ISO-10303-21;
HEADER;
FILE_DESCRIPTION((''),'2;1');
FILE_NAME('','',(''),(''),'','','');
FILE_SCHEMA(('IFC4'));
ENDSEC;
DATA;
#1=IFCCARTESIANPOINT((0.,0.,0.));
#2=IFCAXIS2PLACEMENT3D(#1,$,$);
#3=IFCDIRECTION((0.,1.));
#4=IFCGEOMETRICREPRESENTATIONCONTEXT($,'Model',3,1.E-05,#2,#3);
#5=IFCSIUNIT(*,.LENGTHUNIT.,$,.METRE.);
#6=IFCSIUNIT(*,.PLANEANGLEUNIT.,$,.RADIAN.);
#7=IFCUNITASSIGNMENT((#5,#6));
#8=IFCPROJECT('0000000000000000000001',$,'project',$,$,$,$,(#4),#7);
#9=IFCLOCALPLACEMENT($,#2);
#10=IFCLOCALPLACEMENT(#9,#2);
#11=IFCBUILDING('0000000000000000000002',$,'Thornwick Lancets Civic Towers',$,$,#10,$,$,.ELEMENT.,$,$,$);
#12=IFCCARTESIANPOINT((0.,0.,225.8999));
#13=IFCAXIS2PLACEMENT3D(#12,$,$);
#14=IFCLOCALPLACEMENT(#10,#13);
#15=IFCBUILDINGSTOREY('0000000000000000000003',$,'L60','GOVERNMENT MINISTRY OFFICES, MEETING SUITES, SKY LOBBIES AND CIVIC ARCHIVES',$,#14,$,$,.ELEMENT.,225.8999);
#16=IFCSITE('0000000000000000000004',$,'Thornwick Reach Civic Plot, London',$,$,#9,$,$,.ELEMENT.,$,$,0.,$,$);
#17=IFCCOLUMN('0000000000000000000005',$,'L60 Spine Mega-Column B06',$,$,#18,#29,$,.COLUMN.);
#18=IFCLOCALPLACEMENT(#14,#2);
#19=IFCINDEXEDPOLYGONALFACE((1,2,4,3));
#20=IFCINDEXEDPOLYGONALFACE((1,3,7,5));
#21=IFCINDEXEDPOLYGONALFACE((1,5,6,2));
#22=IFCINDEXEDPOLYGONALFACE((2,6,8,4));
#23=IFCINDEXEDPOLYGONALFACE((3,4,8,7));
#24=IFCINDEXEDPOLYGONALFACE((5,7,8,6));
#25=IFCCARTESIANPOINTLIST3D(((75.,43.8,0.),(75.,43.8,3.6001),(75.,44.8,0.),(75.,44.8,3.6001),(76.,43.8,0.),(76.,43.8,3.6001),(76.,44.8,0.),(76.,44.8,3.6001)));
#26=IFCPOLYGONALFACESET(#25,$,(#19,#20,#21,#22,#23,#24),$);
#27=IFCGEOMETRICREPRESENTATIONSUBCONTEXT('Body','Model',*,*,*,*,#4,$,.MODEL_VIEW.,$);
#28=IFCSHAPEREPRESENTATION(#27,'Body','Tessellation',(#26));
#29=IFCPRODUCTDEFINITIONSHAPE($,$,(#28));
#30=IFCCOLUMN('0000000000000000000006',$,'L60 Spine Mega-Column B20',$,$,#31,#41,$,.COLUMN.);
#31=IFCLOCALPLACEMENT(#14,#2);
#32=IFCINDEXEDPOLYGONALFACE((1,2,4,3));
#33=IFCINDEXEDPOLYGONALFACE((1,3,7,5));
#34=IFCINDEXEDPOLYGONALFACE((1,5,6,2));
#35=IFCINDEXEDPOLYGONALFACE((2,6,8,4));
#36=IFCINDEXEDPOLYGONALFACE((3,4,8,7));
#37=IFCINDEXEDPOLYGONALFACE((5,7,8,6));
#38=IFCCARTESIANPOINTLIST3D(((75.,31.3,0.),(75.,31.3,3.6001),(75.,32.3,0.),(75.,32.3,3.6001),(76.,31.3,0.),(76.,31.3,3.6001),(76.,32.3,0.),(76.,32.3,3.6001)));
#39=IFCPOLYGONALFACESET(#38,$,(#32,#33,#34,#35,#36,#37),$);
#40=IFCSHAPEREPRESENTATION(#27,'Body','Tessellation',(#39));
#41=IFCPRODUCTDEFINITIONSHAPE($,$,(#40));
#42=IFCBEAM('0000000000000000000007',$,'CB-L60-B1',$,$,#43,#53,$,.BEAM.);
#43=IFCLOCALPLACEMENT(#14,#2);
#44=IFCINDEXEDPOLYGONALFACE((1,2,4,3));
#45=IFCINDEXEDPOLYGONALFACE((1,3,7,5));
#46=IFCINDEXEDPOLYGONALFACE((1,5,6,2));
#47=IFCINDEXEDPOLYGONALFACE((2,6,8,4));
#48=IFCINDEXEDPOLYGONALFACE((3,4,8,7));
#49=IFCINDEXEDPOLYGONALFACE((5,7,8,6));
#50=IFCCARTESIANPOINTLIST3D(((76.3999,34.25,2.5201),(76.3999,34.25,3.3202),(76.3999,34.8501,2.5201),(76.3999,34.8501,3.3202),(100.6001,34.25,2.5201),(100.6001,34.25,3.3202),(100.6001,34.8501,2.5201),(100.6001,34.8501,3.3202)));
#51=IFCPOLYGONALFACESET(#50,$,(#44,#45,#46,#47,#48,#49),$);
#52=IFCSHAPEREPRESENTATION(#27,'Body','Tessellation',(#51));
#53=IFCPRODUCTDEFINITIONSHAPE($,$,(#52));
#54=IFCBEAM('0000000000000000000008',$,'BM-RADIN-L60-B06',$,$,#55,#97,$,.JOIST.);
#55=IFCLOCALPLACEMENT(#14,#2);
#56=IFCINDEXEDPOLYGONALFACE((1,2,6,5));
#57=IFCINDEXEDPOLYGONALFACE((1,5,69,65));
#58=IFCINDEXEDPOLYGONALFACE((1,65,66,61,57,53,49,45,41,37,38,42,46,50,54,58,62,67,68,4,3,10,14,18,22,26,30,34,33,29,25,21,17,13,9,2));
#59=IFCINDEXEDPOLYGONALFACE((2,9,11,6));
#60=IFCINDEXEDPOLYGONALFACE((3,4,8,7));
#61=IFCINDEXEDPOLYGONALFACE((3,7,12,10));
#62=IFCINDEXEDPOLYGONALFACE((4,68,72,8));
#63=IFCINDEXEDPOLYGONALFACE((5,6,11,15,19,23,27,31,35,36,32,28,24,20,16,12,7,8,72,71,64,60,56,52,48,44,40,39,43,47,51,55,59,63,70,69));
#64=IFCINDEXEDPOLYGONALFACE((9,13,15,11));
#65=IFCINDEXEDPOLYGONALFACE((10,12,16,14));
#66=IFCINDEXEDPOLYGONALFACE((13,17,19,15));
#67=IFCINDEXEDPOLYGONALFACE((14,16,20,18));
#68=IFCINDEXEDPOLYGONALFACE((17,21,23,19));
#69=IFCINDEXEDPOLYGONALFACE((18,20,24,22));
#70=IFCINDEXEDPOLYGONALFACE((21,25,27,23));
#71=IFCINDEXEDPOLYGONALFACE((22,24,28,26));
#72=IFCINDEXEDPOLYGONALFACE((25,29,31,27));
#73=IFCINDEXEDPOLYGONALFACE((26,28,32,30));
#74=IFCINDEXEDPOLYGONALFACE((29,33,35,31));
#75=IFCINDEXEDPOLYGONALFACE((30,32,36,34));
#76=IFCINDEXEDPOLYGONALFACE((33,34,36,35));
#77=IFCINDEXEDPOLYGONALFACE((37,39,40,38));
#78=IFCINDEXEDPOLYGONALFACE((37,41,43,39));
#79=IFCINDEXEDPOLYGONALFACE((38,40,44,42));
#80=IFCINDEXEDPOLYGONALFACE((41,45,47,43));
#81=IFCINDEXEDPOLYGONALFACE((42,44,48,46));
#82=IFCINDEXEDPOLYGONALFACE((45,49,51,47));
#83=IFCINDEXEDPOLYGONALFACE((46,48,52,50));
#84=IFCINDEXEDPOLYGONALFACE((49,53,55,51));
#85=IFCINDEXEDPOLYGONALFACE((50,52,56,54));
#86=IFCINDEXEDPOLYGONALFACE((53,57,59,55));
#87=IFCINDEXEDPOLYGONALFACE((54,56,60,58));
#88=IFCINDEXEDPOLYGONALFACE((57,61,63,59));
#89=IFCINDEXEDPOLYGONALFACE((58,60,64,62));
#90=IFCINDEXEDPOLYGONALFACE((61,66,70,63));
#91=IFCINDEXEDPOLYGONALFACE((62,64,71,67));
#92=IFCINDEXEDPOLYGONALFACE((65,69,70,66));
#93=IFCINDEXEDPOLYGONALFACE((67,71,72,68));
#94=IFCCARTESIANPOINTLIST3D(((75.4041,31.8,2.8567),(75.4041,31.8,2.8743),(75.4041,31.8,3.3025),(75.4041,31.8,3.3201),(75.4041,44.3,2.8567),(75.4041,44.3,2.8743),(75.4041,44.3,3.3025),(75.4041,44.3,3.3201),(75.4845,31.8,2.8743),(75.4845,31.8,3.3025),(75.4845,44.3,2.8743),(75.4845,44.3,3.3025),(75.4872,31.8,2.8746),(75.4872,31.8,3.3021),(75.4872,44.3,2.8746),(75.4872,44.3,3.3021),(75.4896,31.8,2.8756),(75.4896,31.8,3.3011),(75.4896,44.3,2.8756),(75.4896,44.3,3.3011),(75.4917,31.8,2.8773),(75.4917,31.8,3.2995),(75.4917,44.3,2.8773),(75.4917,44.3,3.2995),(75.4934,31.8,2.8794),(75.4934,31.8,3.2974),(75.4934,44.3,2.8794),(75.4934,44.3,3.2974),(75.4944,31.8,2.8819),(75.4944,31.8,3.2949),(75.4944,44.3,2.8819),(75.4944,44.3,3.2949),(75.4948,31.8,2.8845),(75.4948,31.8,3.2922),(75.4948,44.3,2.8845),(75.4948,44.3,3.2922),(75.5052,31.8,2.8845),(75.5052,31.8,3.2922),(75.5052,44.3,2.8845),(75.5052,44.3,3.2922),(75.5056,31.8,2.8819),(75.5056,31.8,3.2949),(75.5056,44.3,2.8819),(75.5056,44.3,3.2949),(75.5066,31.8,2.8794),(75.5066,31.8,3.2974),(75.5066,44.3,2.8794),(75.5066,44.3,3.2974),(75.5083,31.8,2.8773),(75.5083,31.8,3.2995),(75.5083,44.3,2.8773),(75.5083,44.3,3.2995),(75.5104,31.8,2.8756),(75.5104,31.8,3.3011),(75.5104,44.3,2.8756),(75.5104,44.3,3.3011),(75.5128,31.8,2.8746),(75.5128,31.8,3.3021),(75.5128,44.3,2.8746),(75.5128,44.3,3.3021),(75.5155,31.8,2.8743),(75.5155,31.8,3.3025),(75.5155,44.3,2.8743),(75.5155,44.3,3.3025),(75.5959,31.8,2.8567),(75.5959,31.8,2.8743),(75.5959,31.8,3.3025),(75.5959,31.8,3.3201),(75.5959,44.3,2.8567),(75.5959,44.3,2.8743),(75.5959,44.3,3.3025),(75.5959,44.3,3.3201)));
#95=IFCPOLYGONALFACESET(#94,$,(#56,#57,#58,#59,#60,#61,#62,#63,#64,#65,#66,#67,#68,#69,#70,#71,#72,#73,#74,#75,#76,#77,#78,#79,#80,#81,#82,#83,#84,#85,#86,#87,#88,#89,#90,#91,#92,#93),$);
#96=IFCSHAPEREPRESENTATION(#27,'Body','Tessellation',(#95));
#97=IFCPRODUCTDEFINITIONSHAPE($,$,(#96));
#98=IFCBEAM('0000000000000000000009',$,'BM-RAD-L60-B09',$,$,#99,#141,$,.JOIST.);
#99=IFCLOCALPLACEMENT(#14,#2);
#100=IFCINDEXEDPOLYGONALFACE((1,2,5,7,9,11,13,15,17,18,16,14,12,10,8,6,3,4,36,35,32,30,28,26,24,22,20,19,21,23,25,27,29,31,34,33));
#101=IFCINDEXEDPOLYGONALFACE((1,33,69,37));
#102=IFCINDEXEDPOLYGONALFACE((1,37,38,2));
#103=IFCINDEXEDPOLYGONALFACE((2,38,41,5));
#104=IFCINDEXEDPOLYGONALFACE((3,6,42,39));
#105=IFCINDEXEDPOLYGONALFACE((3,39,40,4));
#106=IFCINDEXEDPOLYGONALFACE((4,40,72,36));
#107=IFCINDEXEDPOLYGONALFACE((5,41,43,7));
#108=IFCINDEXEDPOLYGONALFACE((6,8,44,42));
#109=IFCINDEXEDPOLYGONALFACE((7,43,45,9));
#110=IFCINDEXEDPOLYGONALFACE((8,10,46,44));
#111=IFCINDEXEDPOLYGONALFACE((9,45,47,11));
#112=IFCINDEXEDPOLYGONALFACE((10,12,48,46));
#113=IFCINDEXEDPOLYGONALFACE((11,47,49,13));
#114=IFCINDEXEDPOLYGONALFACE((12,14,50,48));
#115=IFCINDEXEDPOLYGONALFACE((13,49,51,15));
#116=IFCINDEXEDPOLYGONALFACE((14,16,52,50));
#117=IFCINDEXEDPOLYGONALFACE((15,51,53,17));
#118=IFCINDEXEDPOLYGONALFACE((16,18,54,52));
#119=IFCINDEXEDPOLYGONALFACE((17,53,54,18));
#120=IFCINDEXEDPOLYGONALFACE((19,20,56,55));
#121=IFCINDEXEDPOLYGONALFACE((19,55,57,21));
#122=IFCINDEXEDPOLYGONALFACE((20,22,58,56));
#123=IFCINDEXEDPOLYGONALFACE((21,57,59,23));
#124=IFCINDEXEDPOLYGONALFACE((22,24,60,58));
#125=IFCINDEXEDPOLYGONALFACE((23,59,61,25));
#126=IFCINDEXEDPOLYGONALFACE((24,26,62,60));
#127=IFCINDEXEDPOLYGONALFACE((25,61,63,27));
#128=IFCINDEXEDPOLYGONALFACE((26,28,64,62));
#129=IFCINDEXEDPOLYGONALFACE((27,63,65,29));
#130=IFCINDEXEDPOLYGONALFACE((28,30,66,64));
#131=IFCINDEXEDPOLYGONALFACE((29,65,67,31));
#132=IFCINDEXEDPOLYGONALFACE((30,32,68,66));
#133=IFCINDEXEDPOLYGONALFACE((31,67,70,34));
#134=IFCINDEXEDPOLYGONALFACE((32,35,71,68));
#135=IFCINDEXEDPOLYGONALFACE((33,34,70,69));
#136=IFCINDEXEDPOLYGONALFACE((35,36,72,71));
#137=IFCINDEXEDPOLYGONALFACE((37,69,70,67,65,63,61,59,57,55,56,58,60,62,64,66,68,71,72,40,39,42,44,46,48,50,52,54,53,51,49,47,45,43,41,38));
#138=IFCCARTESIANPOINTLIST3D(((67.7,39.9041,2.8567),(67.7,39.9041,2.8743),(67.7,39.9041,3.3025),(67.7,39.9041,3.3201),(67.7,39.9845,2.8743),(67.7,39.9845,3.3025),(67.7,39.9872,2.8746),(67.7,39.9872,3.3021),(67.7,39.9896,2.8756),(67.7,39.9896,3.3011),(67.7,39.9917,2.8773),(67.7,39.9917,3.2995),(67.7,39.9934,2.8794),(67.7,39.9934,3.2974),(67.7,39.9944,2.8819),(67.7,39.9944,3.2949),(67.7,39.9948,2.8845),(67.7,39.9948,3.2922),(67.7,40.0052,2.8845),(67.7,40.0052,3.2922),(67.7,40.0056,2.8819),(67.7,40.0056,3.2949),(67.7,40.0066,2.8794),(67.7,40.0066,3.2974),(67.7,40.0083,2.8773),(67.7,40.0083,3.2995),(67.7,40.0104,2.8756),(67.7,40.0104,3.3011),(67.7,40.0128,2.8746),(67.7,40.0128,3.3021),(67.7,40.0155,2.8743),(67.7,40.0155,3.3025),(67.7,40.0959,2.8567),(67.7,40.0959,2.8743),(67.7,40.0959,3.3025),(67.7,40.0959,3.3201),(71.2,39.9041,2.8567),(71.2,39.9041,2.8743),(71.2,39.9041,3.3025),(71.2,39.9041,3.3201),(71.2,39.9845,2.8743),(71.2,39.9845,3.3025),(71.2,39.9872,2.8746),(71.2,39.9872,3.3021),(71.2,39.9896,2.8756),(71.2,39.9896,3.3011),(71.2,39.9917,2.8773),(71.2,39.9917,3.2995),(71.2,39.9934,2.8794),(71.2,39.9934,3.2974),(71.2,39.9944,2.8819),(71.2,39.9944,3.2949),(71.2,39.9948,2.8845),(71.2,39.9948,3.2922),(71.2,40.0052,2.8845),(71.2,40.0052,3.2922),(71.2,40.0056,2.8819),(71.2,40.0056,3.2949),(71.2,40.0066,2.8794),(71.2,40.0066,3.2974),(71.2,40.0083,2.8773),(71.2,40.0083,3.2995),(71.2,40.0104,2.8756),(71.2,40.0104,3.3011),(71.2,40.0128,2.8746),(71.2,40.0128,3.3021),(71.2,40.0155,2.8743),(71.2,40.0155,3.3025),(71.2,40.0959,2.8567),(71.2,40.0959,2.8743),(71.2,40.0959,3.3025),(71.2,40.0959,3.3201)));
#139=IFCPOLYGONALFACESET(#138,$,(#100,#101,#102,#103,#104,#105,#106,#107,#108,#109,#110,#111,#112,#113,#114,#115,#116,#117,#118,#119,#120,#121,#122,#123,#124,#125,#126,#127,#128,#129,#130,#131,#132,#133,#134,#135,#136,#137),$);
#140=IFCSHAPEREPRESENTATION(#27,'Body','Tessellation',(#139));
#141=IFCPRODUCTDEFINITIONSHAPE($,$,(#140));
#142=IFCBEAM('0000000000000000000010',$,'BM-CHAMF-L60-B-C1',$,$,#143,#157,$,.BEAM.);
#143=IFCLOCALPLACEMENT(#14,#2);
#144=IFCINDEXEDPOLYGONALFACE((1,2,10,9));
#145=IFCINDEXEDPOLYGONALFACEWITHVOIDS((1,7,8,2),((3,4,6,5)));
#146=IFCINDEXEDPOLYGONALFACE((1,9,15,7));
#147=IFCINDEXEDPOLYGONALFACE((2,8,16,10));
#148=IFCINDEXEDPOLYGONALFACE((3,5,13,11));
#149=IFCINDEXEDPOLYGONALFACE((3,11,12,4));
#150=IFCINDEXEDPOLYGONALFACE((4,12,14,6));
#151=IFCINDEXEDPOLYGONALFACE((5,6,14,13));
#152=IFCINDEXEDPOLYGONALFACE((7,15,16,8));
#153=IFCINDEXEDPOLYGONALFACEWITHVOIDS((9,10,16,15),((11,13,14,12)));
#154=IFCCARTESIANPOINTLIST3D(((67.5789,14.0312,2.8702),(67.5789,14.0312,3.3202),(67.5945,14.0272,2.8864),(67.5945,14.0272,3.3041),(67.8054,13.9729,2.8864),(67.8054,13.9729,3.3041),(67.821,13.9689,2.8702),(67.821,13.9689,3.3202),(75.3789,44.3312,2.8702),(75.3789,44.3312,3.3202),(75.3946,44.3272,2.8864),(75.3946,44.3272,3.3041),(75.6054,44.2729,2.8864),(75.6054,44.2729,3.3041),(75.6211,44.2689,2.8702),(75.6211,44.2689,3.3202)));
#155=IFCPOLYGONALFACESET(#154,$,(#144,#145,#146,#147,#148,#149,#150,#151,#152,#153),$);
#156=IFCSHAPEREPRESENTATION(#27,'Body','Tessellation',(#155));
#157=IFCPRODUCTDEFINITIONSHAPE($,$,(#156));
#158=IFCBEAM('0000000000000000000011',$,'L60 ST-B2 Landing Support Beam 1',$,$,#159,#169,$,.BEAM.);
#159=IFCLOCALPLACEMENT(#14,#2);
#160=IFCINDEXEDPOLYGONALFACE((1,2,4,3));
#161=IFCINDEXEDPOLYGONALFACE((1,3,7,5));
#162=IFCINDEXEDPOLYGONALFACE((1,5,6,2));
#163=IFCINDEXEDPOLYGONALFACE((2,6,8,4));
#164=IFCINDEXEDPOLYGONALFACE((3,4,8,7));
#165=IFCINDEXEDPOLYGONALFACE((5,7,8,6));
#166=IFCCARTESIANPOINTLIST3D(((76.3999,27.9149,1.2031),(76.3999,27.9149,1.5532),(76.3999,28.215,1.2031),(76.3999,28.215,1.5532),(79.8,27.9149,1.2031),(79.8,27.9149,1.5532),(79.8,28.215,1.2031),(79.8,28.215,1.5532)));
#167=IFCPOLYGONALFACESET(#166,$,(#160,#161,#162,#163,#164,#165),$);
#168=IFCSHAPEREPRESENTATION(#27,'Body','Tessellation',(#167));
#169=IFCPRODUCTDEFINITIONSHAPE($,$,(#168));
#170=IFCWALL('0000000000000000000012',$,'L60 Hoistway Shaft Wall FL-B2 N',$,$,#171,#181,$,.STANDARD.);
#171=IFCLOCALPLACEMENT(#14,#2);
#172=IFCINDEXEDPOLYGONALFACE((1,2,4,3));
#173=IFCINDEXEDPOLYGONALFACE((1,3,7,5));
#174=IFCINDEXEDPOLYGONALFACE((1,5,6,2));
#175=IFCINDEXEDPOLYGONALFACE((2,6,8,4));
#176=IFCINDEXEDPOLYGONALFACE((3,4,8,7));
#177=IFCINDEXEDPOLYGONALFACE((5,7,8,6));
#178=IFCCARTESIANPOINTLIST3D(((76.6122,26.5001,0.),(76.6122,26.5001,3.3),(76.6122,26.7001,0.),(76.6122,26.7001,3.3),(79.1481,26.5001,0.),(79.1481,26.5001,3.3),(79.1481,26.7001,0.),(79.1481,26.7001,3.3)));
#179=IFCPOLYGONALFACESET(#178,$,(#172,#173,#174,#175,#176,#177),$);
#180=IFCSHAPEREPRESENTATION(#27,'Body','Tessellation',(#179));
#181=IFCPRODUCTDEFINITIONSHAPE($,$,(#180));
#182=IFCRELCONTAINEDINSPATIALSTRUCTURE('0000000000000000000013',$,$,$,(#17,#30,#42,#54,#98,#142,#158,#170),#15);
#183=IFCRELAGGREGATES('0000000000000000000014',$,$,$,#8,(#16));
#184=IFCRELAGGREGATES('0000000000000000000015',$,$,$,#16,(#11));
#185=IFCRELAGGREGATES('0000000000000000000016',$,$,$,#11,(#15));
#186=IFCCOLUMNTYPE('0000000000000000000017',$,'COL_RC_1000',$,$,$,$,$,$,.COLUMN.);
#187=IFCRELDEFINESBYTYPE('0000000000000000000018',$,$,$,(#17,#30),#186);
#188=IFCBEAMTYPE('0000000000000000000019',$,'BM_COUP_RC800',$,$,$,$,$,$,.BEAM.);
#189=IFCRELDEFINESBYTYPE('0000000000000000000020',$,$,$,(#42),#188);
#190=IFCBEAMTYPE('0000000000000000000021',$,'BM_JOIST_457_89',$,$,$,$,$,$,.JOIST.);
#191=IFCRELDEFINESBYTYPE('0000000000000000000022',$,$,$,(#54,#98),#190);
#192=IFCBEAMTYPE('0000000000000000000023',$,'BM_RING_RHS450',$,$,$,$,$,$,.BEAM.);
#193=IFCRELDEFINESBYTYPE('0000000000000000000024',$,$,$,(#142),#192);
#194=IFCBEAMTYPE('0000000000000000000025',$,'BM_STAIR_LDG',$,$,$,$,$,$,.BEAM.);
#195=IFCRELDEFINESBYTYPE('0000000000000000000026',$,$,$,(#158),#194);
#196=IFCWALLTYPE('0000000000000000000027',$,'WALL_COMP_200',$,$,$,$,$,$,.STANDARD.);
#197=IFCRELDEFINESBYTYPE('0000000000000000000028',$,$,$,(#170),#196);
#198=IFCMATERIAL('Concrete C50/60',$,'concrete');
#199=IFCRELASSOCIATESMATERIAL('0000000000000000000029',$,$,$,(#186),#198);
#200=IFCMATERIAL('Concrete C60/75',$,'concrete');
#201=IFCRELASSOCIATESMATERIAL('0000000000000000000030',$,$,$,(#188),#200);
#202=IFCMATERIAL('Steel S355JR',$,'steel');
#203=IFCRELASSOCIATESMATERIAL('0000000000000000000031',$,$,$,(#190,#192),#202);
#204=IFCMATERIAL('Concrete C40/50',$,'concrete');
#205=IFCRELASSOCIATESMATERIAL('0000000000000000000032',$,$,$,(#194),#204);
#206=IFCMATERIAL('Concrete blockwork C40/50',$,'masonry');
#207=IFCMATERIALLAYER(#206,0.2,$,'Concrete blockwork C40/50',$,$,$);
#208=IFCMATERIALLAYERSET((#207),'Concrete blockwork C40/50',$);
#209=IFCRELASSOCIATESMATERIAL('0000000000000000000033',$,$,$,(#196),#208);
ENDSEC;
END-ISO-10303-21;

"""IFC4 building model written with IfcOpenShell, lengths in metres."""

from ifc_helpers import new_model, si_unit, direction, frame, frame_2d, origin, origin_2d, place, context, subcontext, project, spatial, rectangle, hollow_rectangle, i_section, extrude, material, layer, layer_set, material_profile, profile_set, type_object, element, save


model = new_model("IFC4")

# Units and contexts
model_context = context("Model", 3, precision=1e-05, world=origin(), true_north=direction((0.0, 1.0)))
body_context = subcontext(model_context, "Body", "Model", "MODEL_VIEW")
ifc_project = project(units=[si_unit("LENGTHUNIT", "METRE"), si_unit("PLANEANGLEUNIT", "RADIAN")], contexts=[model_context])

# Site, building, storey
site_placement = place(None, origin())
site = spatial("IfcSite", under=ifc_project, at=site_placement, Name="Thornwick Reach Civic Plot, London", CompositionType="ELEMENT", RefElevation=0.0)
building_placement = place(site_placement, origin())
building = spatial("IfcBuilding", under=site, at=building_placement, Name="Thornwick Lancets Civic Towers", CompositionType="ELEMENT")
storey_placement = place(building_placement, frame((0.0, 0.0, 225.8999)))
storey = spatial("IfcBuildingStorey", under=building, at=storey_placement, Name="L60", Description="GOVERNMENT MINISTRY OFFICES, MEETING SUITES, SKY LOBBIES AND CIVIC ARCHIVES", CompositionType="ELEMENT", Elevation=225.8999)

# Columns
ifc_material_1 = material(Name="Concrete C50/60", Category="concrete")
ifc_material_profile_1 = material_profile(ifc_material_1, rectangle(XDim=1.0, YDim=1.0, at=origin_2d()), Name="RC 1000x1000")
ifc_profile_set_1 = profile_set([ifc_material_profile_1], Name="Concrete C50/60")
column_type = type_object("IfcColumnType", Name="COL_RC_1000", PredefinedType="COLUMN", material=ifc_profile_set_1)
for number, where, z_axis, x_axis, name in (
    (1, (75.5, 44.3, 0.0), (0.0, 0.0, 1.0), (1.0, 0.0, 0.0), "L60 Spine Mega-Column B06"),
    (2, (75.5, 31.8, 0.0), (0.0, 0.0, 1.0), (1.0, 0.0, 0.0), "L60 Spine Mega-Column B20"),
):
    element("IfcColumn", number, at=place(storey_placement, frame(where, z_axis=z_axis, x_axis=x_axis)), inside=storey, type_object=column_type, Name=name, PredefinedType="COLUMN", context=body_context, shape_type="SweptSolid", body=[
        extrude(rectangle(XDim=1.0, YDim=1.0, at=origin_2d()), origin(), (0.0, 0.0, 1.0), 3.6001),
    ])

# Beams
ifc_material_2 = material(Name="Concrete C60/75", Category="concrete")
ifc_material_profile_2 = material_profile(ifc_material_2, rectangle(XDim=0.6001, YDim=0.8, at=origin_2d()), Name="RC 600x800")
ifc_profile_set_2 = profile_set([ifc_material_profile_2], Name="Concrete C60/75")
beam_type_1 = type_object("IfcBeamType", Name="BM_COUP_RC800", PredefinedType="BEAM", material=ifc_profile_set_2)
beam_1_placement = place(storey_placement, frame((76.3999, 34.55, 2.9202), z_axis=(1.0, 0.0, 0.0), x_axis=(0.0, 1.0, 0.0)))
element("IfcBeam", 3, at=beam_1_placement, inside=storey, type_object=beam_type_1, Name="CB-L60-B1", PredefinedType="BEAM", context=body_context, shape_type="SweptSolid", body=[
    extrude(rectangle(XDim=0.6001, YDim=0.8, at=origin_2d()), origin(), (0.0, 0.0, 1.0), 24.2002),
])
ifc_material_3 = material(Name="Steel S355JR", Category="steel")
ifc_material_profile_3 = material_profile(ifc_material_3, i_section(OverallWidth=0.1919, OverallDepth=0.4634, WebThickness=0.0105, FlangeThickness=0.0176, FilletRadius=0.0103, at=origin_2d()), Name="UKB 457x191x89")
ifc_profile_set_3 = profile_set([ifc_material_profile_3], Name="Steel S355JR")
beam_type_2 = type_object("IfcBeamType", Name="BM_JOIST_457_89", PredefinedType="JOIST", material=ifc_profile_set_3)
beam_2_placement = place(storey_placement, frame((75.5, 31.8, 3.0884), z_axis=(0.0, 1.0, 0.0), x_axis=(-1.0, 0.0, 0.0)))
element("IfcBeam", 4, at=beam_2_placement, inside=storey, type_object=beam_type_2, Name="BM-RADIN-L60-B06", PredefinedType="JOIST", context=body_context, shape_type="SweptSolid", body=[
    extrude(i_section(OverallWidth=0.1919, OverallDepth=0.4634, WebThickness=0.0105, FlangeThickness=0.0176, FilletRadius=0.0103, at=origin_2d()), origin(), (0.0, 0.0, 1.0), 12.5),
])
beam_3_placement = place(storey_placement, frame((71.2, 40.0, 3.0884), z_axis=(-1.0, 0.0, 0.0), x_axis=(0.0, -1.0, 0.0)))
element("IfcBeam", 5, at=beam_3_placement, inside=storey, type_object=beam_type_2, Name="BM-RAD-L60-B09", PredefinedType="JOIST", context=body_context, shape_type="SweptSolid", body=[
    extrude(i_section(OverallWidth=0.1919, OverallDepth=0.4634, WebThickness=0.0105, FlangeThickness=0.0176, FilletRadius=0.0103, at=origin_2d()), origin(), (0.0, 0.0, 1.0), 3.5),
])
ifc_material_profile_4 = material_profile(ifc_material_3, hollow_rectangle(XDim=0.25, YDim=0.45, WallThickness=0.0161, at=origin_2d()), Name="RHS 450x250x16")
ifc_profile_set_4 = profile_set([ifc_material_profile_4], Name="Steel S355JR")
beam_type_3 = type_object("IfcBeamType", Name="BM_RING_RHS450", PredefinedType="BEAM", material=ifc_profile_set_4)
beam_4_placement = place(storey_placement, frame((75.5, 44.3, 3.0952), z_axis=(-0.249299, -0.968427, 0.0), x_axis=(0.968427, -0.249299, 0.0)))
element("IfcBeam", 6, at=beam_4_placement, inside=storey, type_object=beam_type_3, Name="BM-CHAMF-L60-B-C1", PredefinedType="BEAM", context=body_context, shape_type="SweptSolid", body=[
    extrude(hollow_rectangle(XDim=0.25, YDim=0.45, WallThickness=0.0161, at=origin_2d()), origin(), (0.0, 0.0, 1.0), 31.2878),
])
ifc_material_4 = material(Name="Concrete C40/50", Category="concrete")
ifc_material_profile_5 = material_profile(ifc_material_4, rectangle(XDim=0.3, YDim=0.3501, at=origin_2d()), Name="RC 300x350")
ifc_profile_set_5 = profile_set([ifc_material_profile_5], Name="Concrete C40/50")
beam_type_4 = type_object("IfcBeamType", Name="BM_STAIR_LDG", PredefinedType="BEAM", material=ifc_profile_set_5)
beam_5_placement = place(storey_placement, frame((76.3999, 28.0649, 1.3782), z_axis=(1.0, 0.0, 0.0), x_axis=(0.0, 1.0, 0.0)))
element("IfcBeam", 7, at=beam_5_placement, inside=storey, type_object=beam_type_4, Name="L60 ST-B2 Landing Support Beam 1", PredefinedType="BEAM", context=body_context, shape_type="SweptSolid", body=[
    extrude(rectangle(XDim=0.3, YDim=0.3501, at=origin_2d()), origin(), (0.0, 0.0, 1.0), 3.4001),
])

# Wall
ifc_material_5 = material(Name="Concrete blockwork C40/50", Category="masonry")
ifc_layer_1 = layer(ifc_material_5, 0.2, Name="Concrete blockwork C40/50")
ifc_layer_set_1 = layer_set([ifc_layer_1], Name="Concrete blockwork C40/50")
wall_type_1 = type_object("IfcWallType", Name="WALL_COMP_200", PredefinedType="STANDARD", material=ifc_layer_set_1)
for number, where, z_axis, x_axis, name in (
    (8, (76.6121, 26.6001, 0.0), (0.0, 0.0, 1.0), (1.0, 0.0, 0.0), "L60 Hoistway Shaft Wall FL-B2 N"),
):
    element("IfcWall", number, at=place(storey_placement, frame(where, z_axis=z_axis, x_axis=x_axis)), inside=storey, type_object=wall_type_1, Name=name, PredefinedType="STANDARD", context=body_context, shape_type="SweptSolid", body=[
        extrude(rectangle(XDim=2.5359, YDim=0.2, at=frame_2d((1.2681, 0.0))), origin(), (0.0, 0.0, 1.0), 3.3),
    ])

save(model, "model.ifc")
